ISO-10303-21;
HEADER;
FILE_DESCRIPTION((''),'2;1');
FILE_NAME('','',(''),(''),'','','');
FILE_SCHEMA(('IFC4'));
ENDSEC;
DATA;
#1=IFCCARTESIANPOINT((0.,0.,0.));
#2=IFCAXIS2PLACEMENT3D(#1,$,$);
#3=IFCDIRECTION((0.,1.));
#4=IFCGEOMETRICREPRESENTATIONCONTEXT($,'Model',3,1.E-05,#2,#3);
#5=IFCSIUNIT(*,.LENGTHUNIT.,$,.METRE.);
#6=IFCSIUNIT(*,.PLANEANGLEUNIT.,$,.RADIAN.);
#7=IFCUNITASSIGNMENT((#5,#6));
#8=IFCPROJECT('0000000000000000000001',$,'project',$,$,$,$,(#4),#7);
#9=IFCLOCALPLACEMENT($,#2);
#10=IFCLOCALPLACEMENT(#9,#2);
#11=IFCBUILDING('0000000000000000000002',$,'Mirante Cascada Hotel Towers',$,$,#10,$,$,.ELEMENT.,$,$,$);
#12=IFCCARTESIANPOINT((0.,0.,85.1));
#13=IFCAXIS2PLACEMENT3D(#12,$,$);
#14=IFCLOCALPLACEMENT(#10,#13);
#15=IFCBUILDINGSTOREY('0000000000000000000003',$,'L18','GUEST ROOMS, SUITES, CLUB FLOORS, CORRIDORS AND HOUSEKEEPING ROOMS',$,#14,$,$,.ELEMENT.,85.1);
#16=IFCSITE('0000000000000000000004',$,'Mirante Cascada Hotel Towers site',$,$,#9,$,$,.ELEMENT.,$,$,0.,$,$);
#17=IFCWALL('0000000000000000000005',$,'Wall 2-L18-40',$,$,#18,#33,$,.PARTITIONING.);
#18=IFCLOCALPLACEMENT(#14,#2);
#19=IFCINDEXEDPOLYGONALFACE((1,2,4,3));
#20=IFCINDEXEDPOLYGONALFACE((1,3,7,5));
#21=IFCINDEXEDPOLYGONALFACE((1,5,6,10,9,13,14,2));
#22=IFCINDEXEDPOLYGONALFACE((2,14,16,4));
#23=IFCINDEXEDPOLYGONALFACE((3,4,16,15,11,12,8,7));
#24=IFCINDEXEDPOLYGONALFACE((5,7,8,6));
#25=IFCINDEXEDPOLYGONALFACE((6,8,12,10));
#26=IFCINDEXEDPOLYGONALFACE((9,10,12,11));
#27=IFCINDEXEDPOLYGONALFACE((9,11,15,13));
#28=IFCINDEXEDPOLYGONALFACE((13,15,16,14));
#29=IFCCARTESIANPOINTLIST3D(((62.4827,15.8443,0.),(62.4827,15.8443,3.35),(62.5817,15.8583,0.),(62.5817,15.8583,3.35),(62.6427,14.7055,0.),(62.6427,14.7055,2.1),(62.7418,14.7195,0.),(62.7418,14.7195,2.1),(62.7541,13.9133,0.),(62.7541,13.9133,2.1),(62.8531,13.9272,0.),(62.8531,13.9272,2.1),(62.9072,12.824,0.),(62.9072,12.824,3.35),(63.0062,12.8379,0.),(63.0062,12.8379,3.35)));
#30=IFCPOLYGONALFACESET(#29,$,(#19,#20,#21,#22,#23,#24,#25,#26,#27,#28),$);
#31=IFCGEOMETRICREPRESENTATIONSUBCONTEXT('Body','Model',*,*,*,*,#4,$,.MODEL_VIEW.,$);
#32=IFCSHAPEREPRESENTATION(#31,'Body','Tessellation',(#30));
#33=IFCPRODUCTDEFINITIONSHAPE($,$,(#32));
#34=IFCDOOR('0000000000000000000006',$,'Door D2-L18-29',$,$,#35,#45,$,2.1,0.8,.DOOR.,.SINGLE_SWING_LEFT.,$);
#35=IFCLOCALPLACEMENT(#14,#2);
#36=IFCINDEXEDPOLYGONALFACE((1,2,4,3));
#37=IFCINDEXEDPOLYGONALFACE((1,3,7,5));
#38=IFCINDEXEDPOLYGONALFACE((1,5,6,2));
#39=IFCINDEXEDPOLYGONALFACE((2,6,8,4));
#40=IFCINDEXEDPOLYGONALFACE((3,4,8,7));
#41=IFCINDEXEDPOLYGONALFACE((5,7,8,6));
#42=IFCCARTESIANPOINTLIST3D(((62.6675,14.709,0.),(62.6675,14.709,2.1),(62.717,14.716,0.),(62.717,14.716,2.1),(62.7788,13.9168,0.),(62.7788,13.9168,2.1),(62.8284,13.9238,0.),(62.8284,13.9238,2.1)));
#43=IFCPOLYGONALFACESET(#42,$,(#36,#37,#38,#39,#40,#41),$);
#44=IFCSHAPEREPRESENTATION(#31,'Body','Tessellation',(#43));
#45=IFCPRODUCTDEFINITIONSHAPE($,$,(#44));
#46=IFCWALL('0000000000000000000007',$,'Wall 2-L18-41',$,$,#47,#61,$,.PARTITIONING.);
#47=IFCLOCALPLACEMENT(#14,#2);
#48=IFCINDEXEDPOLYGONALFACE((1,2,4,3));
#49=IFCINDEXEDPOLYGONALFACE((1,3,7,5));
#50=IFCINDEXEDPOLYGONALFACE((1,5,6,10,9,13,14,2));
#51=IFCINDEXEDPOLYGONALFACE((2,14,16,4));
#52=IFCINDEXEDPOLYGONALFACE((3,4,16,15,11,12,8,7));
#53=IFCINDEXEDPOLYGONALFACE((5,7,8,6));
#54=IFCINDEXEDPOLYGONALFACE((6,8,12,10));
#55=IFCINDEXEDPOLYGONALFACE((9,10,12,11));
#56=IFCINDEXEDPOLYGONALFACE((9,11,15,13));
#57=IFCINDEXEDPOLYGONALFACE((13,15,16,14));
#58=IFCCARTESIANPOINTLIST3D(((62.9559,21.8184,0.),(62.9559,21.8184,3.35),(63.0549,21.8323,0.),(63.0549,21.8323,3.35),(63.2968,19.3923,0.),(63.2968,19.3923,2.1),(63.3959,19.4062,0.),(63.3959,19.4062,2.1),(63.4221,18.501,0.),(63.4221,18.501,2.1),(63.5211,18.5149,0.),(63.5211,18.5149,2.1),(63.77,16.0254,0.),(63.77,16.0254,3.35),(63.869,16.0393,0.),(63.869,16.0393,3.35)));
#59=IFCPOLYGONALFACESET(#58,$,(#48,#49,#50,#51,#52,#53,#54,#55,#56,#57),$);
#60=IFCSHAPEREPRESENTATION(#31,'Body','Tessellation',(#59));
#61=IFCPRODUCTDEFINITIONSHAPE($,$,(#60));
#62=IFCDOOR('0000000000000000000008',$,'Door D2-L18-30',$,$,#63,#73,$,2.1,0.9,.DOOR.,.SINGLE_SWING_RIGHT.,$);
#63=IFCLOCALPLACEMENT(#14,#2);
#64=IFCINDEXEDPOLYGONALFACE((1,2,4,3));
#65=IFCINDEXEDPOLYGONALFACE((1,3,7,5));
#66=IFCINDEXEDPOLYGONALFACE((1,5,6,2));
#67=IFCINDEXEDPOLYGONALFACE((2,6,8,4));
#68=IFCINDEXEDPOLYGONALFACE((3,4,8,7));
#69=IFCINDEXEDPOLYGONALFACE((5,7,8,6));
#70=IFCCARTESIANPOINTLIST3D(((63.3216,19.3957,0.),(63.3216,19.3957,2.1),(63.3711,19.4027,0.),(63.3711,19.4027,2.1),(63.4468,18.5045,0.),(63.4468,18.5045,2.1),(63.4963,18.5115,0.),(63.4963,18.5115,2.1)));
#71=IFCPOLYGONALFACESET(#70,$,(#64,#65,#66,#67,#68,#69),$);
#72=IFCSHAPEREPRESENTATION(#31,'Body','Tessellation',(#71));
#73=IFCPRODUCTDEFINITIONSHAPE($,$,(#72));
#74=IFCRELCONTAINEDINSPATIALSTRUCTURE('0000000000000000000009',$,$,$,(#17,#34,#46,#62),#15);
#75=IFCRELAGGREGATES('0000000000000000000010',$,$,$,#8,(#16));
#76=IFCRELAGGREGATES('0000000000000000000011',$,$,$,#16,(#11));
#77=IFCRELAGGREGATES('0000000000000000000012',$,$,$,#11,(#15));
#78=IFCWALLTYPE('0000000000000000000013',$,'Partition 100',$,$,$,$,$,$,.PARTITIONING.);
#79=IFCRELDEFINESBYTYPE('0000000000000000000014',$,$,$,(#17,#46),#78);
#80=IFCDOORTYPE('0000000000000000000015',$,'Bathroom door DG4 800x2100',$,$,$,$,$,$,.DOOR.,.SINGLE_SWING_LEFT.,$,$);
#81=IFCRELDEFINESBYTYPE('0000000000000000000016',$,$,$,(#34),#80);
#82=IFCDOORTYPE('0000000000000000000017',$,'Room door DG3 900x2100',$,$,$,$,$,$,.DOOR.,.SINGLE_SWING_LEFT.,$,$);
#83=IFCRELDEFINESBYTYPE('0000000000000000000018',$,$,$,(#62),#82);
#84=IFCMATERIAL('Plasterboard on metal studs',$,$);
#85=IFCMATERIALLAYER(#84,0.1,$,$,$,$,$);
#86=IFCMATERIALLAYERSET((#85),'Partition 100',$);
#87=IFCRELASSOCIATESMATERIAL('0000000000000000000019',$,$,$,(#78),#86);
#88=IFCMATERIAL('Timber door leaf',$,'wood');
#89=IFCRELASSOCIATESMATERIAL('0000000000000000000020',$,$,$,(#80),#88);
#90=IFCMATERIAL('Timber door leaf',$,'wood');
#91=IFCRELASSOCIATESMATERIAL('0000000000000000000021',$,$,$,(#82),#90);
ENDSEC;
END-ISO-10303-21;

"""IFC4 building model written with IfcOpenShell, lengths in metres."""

from ifc_helpers import new_model, si_unit, direction, frame, frame_2d, origin, place, context, subcontext, project, spatial, rectangle, extrude, material, layer, layer_set, type_object, element, fill, save


model = new_model("IFC4")

# Units and contexts
model_context = context("Model", 3, precision=1e-05, world=origin(), true_north=direction((0.0, 1.0)))
body_context = subcontext(model_context, "Body", "Model", "MODEL_VIEW")
ifc_project = project(units=[si_unit("LENGTHUNIT", "METRE"), si_unit("PLANEANGLEUNIT", "RADIAN")], contexts=[model_context])

# Site, building, storey
site_placement = place(None, origin())
site = spatial("IfcSite", under=ifc_project, at=site_placement, Name="Mirante Cascada Hotel Towers site", CompositionType="ELEMENT", RefElevation=0.0)
building_placement = place(site_placement, origin())
building = spatial("IfcBuilding", under=site, at=building_placement, Name="Mirante Cascada Hotel Towers", CompositionType="ELEMENT")
storey_placement = place(building_placement, frame((0.0, 0.0, 85.1)))
storey = spatial("IfcBuildingStorey", under=building, at=storey_placement, Name="L18", Description="GUEST ROOMS, SUITES, CLUB FLOORS, CORRIDORS AND HOUSEKEEPING ROOMS", CompositionType="ELEMENT", Elevation=85.1)

# Shared definitions
ifc_material_1 = material(Name="Plasterboard on metal studs")
ifc_layer_1 = layer(ifc_material_1, 0.1)
ifc_layer_set_1 = layer_set([ifc_layer_1], Name="Partition 100")
wall_type_1 = type_object("IfcWallType", Name="Partition 100", PredefinedType="PARTITIONING", material=ifc_layer_set_1)
ifc_material_2 = material(Name="Timber door leaf", Category="wood")
door_type_1 = type_object("IfcDoorType", Name="Bathroom door DG4 800x2100", OperationType="SINGLE_SWING_LEFT", PredefinedType="DOOR", material=ifc_material_2)

# Walls, openings, doors
wall_1_placement = place(storey_placement, frame((62.5322, 15.8513, 0.0), z_axis=(0.0, 0.0, 1.0), x_axis=(0.139181, -0.990267, 0.0)))
wall_1 = element("IfcWall", 1, at=wall_1_placement, inside=storey, type_object=wall_type_1, Name="Wall 2-L18-40", PredefinedType="PARTITIONING", context=body_context, shape_type="SweptSolid", body=[
    extrude(rectangle(XDim=3.05, YDim=0.1, at=frame_2d((1.525, 0.0))), origin(), (0.0, 0.0, 1.0), 3.35),
])
opening_1_placement = place(wall_1_placement, frame((1.15, 0.0, 0.0)))
opening_1 = element("IfcOpeningElement", 2, at=opening_1_placement, cuts=wall_1, PredefinedType="OPENING", context=body_context, shape_type="SweptSolid", body=[
    extrude(rectangle(XDim=0.8, YDim=2.1, at=frame_2d((0.4, 1.05))), frame((0.0, 0.05, 0.0), z_axis=(0.0, -1.0, 0.0), x_axis=(1.0, 0.0, 0.0)), (0.0, 0.0, 1.0), 0.1),
])
door_1_placement = place(opening_1_placement, origin())
door_1 = element("IfcDoor", 3, at=door_1_placement, inside=storey, type_object=door_type_1, Name="Door D2-L18-29", OperationType="SINGLE_SWING_LEFT", OverallHeight=2.1, OverallWidth=0.8, PredefinedType="DOOR", context=body_context, shape_type="SweptSolid", body=[
    extrude(rectangle(XDim=0.8, YDim=2.1, at=frame_2d((0.4, 1.05))), frame((0.0, 0.025, 0.0), z_axis=(0.0, -1.0, 0.0), x_axis=(1.0, 0.0, 0.0)), (0.0, 0.0, 1.0), 0.05),
])
fill(opening_1, door_1)
wall_2_placement = place(storey_placement, frame((63.8195, 16.0323, 0.0), z_axis=(0.0, 0.0, 1.0), x_axis=(-0.139164, 0.990269, 0.0)))
wall_2 = element("IfcWall", 4, at=wall_2_placement, inside=storey, type_object=wall_type_1, Name="Wall 2-L18-41", PredefinedType="PARTITIONING", context=body_context, shape_type="SweptSolid", body=[
    extrude(rectangle(XDim=5.8499, YDim=0.1, at=frame_2d((2.925, 0.0))), origin(), (0.0, 0.0, 1.0), 3.35),
])
opening_2_placement = place(wall_2_placement, frame((2.5, 0.0, 0.0)))
opening_2 = element("IfcOpeningElement", 5, at=opening_2_placement, cuts=wall_2, PredefinedType="OPENING", context=body_context, shape_type="SweptSolid", body=[
    extrude(rectangle(XDim=0.9, YDim=2.1, at=frame_2d((0.45, 1.05))), frame((0.0, 0.05, 0.0), z_axis=(0.0, -1.0, 0.0), x_axis=(1.0, 0.0, 0.0)), (0.0, 0.0, 1.0), 0.1),
])
ifc_material_3 = material(Name="Timber door leaf", Category="wood")
door_type_2 = type_object("IfcDoorType", Name="Room door DG3 900x2100", OperationType="SINGLE_SWING_LEFT", PredefinedType="DOOR", material=ifc_material_3)
door_2_placement = place(opening_2_placement, frame((0.9, 0.0, 0.0), z_axis=(0.0, 0.0, 1.0), x_axis=(-1.0, 0.0, 0.0)))
door_2 = element("IfcDoor", 6, at=door_2_placement, inside=storey, type_object=door_type_2, Name="Door D2-L18-30", OperationType="SINGLE_SWING_RIGHT", OverallHeight=2.1, OverallWidth=0.9, PredefinedType="DOOR", context=body_context, shape_type="SweptSolid", body=[
    extrude(rectangle(XDim=0.9, YDim=2.1, at=frame_2d((0.45, 1.05))), frame((0.0, 0.025, 0.0), z_axis=(0.0, -1.0, 0.0), x_axis=(1.0, 0.0, 0.0)), (0.0, 0.0, 1.0), 0.05),
])
fill(opening_2, door_2)

save(model, "model.ifc")
